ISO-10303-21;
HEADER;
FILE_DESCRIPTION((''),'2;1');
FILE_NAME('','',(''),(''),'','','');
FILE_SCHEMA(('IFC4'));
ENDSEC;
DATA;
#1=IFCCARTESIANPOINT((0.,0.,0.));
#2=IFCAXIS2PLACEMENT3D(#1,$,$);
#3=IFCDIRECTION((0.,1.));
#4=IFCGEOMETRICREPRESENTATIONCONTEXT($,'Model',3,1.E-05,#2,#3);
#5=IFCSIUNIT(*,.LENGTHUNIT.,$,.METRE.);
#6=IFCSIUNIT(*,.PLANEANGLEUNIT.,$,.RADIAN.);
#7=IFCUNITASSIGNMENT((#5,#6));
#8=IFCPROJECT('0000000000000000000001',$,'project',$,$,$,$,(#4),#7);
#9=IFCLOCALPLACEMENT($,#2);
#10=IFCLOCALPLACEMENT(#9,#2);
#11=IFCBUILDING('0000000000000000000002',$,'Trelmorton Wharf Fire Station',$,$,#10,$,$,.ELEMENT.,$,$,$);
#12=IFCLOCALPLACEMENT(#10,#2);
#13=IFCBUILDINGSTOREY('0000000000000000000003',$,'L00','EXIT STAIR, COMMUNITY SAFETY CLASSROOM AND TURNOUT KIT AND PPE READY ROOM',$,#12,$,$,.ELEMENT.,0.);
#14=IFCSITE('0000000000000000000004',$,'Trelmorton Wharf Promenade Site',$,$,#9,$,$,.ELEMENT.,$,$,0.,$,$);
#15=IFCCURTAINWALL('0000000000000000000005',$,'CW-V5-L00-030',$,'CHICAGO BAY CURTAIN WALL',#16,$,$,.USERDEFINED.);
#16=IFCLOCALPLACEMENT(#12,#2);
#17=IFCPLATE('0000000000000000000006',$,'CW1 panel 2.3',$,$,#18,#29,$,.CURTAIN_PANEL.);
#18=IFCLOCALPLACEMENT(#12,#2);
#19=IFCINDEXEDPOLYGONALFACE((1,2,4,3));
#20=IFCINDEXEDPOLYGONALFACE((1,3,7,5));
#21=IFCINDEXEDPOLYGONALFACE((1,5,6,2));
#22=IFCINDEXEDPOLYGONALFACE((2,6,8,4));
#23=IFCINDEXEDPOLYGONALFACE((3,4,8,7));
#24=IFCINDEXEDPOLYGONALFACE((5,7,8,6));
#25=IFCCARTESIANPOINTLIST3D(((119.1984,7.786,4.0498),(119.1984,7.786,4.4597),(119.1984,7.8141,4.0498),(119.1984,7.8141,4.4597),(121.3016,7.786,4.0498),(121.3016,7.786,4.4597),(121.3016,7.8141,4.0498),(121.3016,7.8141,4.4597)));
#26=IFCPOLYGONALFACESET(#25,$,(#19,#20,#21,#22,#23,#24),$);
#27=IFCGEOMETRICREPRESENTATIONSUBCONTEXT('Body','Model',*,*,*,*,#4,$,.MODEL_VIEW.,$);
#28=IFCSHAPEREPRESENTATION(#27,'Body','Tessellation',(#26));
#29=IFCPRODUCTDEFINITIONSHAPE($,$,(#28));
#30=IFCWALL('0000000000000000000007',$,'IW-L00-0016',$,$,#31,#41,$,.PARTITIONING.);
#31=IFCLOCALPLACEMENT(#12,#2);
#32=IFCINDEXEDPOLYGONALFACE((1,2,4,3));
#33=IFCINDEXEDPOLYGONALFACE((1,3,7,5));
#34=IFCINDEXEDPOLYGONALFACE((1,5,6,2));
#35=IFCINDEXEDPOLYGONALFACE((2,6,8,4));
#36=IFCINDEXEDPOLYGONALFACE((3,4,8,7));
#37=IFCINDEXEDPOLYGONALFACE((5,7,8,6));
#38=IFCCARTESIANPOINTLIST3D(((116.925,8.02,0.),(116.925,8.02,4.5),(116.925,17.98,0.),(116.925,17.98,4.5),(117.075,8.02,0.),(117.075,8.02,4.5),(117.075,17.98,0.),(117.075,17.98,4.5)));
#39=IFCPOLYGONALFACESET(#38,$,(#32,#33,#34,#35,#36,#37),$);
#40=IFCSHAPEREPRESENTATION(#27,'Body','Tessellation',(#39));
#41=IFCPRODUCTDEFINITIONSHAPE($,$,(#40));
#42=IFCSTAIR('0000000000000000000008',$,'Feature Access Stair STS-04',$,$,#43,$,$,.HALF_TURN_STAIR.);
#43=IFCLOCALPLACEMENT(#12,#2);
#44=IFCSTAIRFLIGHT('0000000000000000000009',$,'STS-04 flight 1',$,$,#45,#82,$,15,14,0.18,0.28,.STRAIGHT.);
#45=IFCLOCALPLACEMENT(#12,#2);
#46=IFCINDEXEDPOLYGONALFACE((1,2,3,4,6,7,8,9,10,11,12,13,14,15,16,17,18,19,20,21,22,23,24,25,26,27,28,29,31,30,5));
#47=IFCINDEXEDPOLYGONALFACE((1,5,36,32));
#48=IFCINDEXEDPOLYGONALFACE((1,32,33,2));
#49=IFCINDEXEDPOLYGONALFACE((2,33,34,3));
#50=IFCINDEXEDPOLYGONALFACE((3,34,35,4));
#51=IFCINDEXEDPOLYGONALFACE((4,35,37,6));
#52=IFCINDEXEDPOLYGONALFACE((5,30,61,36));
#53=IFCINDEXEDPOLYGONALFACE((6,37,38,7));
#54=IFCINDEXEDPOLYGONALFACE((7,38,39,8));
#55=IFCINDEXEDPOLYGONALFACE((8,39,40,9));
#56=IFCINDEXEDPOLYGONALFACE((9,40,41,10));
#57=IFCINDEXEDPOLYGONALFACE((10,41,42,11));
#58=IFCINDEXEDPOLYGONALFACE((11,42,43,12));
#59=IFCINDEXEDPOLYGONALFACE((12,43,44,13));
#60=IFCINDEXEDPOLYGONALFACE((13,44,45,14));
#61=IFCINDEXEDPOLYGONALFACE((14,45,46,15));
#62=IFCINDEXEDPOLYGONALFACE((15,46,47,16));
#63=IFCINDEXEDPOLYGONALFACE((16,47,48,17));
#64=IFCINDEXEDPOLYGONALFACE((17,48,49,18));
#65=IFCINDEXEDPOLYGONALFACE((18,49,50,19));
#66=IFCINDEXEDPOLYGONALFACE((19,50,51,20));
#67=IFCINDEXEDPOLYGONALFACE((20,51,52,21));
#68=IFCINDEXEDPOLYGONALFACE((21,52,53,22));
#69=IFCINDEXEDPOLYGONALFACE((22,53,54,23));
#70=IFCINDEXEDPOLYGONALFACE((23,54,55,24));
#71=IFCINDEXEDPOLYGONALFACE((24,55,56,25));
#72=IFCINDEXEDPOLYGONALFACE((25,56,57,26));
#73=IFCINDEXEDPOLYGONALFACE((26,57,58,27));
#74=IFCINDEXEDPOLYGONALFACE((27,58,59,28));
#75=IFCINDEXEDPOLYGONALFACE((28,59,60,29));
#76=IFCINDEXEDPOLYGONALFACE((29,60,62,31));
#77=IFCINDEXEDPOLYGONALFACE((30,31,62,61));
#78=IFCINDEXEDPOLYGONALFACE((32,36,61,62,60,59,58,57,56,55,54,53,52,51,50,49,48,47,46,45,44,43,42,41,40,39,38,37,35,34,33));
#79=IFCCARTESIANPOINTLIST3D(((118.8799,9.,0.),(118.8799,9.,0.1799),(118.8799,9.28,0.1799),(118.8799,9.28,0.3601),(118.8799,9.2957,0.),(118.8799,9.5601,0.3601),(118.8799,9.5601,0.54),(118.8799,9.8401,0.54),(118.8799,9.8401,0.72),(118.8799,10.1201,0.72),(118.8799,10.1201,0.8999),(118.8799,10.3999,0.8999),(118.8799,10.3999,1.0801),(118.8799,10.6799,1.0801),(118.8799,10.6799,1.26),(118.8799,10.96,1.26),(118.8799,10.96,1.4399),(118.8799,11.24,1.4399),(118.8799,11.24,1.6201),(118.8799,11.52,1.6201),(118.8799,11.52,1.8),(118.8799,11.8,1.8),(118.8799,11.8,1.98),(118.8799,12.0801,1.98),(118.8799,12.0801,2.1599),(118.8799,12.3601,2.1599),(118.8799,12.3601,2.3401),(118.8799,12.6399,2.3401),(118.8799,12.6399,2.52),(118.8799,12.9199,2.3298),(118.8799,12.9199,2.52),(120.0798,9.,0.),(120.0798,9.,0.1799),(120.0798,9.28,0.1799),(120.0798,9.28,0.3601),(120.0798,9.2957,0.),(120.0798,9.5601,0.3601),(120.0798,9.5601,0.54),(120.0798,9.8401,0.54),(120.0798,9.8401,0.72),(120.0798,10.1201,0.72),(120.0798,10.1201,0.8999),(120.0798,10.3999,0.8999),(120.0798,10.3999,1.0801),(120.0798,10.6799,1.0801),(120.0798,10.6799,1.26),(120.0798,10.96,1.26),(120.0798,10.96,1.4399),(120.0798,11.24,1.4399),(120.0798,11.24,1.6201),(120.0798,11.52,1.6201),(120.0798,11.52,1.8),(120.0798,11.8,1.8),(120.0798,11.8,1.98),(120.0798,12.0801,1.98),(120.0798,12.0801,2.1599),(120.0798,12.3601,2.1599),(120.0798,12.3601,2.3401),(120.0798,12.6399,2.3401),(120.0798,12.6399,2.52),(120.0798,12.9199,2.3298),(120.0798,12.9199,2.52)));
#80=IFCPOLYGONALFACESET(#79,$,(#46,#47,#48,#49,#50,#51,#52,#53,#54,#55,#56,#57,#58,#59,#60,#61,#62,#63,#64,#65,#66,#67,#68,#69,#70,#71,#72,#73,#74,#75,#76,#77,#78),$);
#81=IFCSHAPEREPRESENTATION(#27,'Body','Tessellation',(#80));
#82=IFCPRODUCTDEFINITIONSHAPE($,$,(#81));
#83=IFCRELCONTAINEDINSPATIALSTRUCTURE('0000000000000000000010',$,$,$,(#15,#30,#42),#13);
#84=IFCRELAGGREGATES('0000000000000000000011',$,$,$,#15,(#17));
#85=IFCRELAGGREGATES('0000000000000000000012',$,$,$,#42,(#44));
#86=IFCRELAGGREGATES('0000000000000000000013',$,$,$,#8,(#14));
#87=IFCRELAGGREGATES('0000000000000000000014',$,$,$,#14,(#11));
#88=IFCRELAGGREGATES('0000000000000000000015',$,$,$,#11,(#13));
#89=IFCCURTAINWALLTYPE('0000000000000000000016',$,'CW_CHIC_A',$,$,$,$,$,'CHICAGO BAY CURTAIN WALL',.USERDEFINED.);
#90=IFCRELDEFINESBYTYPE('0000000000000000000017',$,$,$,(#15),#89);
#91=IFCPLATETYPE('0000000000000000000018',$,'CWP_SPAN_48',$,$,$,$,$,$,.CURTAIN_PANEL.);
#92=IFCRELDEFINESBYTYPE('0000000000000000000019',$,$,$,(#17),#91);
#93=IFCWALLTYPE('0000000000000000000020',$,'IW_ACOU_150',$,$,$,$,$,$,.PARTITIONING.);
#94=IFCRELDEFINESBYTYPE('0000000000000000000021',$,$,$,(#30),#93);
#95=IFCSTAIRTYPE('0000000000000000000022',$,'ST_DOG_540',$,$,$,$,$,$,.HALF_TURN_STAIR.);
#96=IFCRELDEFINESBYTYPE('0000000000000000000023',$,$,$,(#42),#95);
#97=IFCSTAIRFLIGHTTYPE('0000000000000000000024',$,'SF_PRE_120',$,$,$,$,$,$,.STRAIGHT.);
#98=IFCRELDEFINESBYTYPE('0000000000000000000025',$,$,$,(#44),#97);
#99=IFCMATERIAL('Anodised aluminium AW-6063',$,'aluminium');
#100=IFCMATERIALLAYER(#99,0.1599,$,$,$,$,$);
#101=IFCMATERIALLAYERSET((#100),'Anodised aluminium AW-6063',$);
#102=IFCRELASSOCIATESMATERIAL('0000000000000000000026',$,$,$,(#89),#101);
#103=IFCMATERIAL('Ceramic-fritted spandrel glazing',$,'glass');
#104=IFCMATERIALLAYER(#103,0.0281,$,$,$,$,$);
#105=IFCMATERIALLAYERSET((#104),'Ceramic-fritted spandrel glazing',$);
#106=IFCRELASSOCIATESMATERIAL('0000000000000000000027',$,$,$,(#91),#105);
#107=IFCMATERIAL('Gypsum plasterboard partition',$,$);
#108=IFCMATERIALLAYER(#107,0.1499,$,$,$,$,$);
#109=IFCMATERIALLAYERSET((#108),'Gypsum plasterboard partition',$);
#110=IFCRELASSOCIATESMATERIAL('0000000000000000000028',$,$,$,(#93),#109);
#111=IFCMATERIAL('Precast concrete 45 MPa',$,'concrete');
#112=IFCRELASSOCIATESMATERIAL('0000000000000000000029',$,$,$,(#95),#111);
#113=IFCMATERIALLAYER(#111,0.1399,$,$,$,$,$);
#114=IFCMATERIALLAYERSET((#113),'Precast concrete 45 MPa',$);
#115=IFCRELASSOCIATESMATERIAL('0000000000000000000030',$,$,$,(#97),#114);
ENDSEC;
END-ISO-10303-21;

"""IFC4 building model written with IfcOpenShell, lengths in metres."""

from ifc_helpers import new_model, si_unit, direction, frame, frame_2d, origin, origin_2d, place, context, subcontext, project, spatial, polyline, rectangle, outline, extrude, material, layer, layer_set, type_object, element, aggregate, save


model = new_model("IFC4")

# Units and contexts
model_context = context("Model", 3, precision=1e-05, world=origin(), true_north=direction((0.0, 1.0)))
body_context = subcontext(model_context, "Body", "Model", "MODEL_VIEW")
ifc_project = project(units=[si_unit("LENGTHUNIT", "METRE"), si_unit("PLANEANGLEUNIT", "RADIAN")], contexts=[model_context])

# Site, building, storey
site_placement = place(None, origin())
site = spatial("IfcSite", under=ifc_project, at=site_placement, Name="Trelmorton Wharf Promenade Site", CompositionType="ELEMENT", RefElevation=0.0)
building_placement = place(site_placement, origin())
building = spatial("IfcBuilding", under=site, at=building_placement, Name="Trelmorton Wharf Fire Station", CompositionType="ELEMENT")
storey_placement = place(building_placement, origin())
storey = spatial("IfcBuildingStorey", under=building, at=storey_placement, Name="L00", Description="EXIT STAIR, COMMUNITY SAFETY CLASSROOM AND TURNOUT KIT AND PPE READY ROOM", CompositionType="ELEMENT", Elevation=0.0)

# Curtain wall, plate
ifc_material_1 = material(Name="Anodised aluminium AW-6063", Category="aluminium")
ifc_layer_1 = layer(ifc_material_1, 0.1599)
ifc_layer_set_1 = layer_set([ifc_layer_1], Name="Anodised aluminium AW-6063")
curtain_wall_type = type_object("IfcCurtainWallType", Name="CW_CHIC_A", ElementType="CHICAGO BAY CURTAIN WALL", PredefinedType="USERDEFINED", material=ifc_layer_set_1)
curtain_wall_placement = place(storey_placement, origin())
curtain_wall = element("IfcCurtainWall", 1, at=curtain_wall_placement, inside=storey, type_object=curtain_wall_type, Name="CW-V5-L00-030", ObjectType="CHICAGO BAY CURTAIN WALL", PredefinedType="USERDEFINED")
ifc_material_2 = material(Name="Ceramic-fritted spandrel glazing", Category="glass")
ifc_layer_2 = layer(ifc_material_2, 0.0281)
ifc_layer_set_2 = layer_set([ifc_layer_2], Name="Ceramic-fritted spandrel glazing")
plate_type = type_object("IfcPlateType", Name="CWP_SPAN_48", PredefinedType="CURTAIN_PANEL", material=ifc_layer_set_2)
plate_1_placement = place(storey_placement, frame((120.25, 7.8, 4.0498), z_axis=(0.0, 0.0, 1.0), x_axis=(-1.0, 0.0, 0.0)))
plate_1 = element("IfcPlate", 2, at=plate_1_placement, type_object=plate_type, Name="CW1 panel 2.3", PredefinedType="CURTAIN_PANEL", context=body_context, shape_type="SweptSolid", body=[
    extrude(rectangle(XDim=2.1033, YDim=0.0281, at=origin_2d()), origin(), (0.0, 0.0, 1.0), 0.4099),
])
aggregate(curtain_wall, [plate_1])

# Wall
ifc_material_3 = material(Name="Gypsum plasterboard partition")
ifc_layer_3 = layer(ifc_material_3, 0.1499)
ifc_layer_set_3 = layer_set([ifc_layer_3], Name="Gypsum plasterboard partition")
wall_type = type_object("IfcWallType", Name="IW_ACOU_150", PredefinedType="PARTITIONING", material=ifc_layer_set_3)
wall_placement = place(storey_placement, frame((117.0, 8.02, 0.0), z_axis=(0.0, 0.0, 1.0), x_axis=(0.0, 1.0, 0.0)))
element("IfcWall", 3, at=wall_placement, inside=storey, type_object=wall_type, Name="IW-L00-0016", PredefinedType="PARTITIONING", context=body_context, shape_type="SweptSolid", body=[
    extrude(rectangle(XDim=9.96, YDim=0.1499, at=frame_2d((4.98, 0.0))), origin(), (0.0, 0.0, 1.0), 4.5),
])

# Stair, stair flight
ifc_material_4 = material(Name="Precast concrete 45 MPa", Category="concrete")
stair_type = type_object("IfcStairType", Name="ST_DOG_540", PredefinedType="HALF_TURN_STAIR", material=ifc_material_4)
stair_placement = place(storey_placement, origin())
stair = element("IfcStair", 4, at=stair_placement, inside=storey, type_object=stair_type, Name="Feature Access Stair STS-04", PredefinedType="HALF_TURN_STAIR")
ifc_layer_4 = layer(ifc_material_4, 0.1399)
ifc_layer_set_4 = layer_set([ifc_layer_4], Name="Precast concrete 45 MPa")
stair_flight_type = type_object("IfcStairFlightType", Name="SF_PRE_120", PredefinedType="STRAIGHT", material=ifc_layer_set_4)
stair_flight_placement = place(storey_placement, frame((119.48, 9.0, 0.0), z_axis=(0.0, 0.0, 1.0), x_axis=(0.0, 1.0, 0.0)))
stair_flight = element("IfcStairFlight", 5, at=stair_flight_placement, type_object=stair_flight_type, Name="STS-04 flight 1", NumberOfRisers=15, NumberOfTreads=14, PredefinedType="STRAIGHT", RiserHeight=0.18, TreadLength=0.28, context=body_context, shape_type="SweptSolid", body=[
    extrude(outline(polyline([(0.0, 0.0), (0.0, 0.1799), (0.28, 0.1799), (0.28, 0.3601), (0.5601, 0.3601), (0.5601, 0.54), (0.8401, 0.54), (0.8401, 0.72), (1.1201, 0.72), (1.1201, 0.8999), (1.3999, 0.8999), (1.3999, 1.0801), (1.6799, 1.0801), (1.6799, 1.26), (1.96, 1.26), (1.96, 1.4399), (2.24, 1.4399), (2.24, 1.6201), (2.52, 1.6201), (2.52, 1.8), (2.8, 1.8), (2.8, 1.98), (3.0801, 1.98), (3.0801, 2.1599), (3.3601, 2.1599), (3.3601, 2.3401), (3.6399, 2.3401), (3.6399, 2.52), (3.9199, 2.52), (3.9199, 2.7), (3.9199, 2.3298), (0.2957, 0.0), (0.0, 0.0)])), frame((0.0, 0.6001, 0.0), z_axis=(0.0, -1.0, 0.0), x_axis=(1.0, 0.0, 0.0)), (0.0, 0.0, 1.0), 1.2),
])
aggregate(stair, [stair_flight])

save(model, "model.ifc")
